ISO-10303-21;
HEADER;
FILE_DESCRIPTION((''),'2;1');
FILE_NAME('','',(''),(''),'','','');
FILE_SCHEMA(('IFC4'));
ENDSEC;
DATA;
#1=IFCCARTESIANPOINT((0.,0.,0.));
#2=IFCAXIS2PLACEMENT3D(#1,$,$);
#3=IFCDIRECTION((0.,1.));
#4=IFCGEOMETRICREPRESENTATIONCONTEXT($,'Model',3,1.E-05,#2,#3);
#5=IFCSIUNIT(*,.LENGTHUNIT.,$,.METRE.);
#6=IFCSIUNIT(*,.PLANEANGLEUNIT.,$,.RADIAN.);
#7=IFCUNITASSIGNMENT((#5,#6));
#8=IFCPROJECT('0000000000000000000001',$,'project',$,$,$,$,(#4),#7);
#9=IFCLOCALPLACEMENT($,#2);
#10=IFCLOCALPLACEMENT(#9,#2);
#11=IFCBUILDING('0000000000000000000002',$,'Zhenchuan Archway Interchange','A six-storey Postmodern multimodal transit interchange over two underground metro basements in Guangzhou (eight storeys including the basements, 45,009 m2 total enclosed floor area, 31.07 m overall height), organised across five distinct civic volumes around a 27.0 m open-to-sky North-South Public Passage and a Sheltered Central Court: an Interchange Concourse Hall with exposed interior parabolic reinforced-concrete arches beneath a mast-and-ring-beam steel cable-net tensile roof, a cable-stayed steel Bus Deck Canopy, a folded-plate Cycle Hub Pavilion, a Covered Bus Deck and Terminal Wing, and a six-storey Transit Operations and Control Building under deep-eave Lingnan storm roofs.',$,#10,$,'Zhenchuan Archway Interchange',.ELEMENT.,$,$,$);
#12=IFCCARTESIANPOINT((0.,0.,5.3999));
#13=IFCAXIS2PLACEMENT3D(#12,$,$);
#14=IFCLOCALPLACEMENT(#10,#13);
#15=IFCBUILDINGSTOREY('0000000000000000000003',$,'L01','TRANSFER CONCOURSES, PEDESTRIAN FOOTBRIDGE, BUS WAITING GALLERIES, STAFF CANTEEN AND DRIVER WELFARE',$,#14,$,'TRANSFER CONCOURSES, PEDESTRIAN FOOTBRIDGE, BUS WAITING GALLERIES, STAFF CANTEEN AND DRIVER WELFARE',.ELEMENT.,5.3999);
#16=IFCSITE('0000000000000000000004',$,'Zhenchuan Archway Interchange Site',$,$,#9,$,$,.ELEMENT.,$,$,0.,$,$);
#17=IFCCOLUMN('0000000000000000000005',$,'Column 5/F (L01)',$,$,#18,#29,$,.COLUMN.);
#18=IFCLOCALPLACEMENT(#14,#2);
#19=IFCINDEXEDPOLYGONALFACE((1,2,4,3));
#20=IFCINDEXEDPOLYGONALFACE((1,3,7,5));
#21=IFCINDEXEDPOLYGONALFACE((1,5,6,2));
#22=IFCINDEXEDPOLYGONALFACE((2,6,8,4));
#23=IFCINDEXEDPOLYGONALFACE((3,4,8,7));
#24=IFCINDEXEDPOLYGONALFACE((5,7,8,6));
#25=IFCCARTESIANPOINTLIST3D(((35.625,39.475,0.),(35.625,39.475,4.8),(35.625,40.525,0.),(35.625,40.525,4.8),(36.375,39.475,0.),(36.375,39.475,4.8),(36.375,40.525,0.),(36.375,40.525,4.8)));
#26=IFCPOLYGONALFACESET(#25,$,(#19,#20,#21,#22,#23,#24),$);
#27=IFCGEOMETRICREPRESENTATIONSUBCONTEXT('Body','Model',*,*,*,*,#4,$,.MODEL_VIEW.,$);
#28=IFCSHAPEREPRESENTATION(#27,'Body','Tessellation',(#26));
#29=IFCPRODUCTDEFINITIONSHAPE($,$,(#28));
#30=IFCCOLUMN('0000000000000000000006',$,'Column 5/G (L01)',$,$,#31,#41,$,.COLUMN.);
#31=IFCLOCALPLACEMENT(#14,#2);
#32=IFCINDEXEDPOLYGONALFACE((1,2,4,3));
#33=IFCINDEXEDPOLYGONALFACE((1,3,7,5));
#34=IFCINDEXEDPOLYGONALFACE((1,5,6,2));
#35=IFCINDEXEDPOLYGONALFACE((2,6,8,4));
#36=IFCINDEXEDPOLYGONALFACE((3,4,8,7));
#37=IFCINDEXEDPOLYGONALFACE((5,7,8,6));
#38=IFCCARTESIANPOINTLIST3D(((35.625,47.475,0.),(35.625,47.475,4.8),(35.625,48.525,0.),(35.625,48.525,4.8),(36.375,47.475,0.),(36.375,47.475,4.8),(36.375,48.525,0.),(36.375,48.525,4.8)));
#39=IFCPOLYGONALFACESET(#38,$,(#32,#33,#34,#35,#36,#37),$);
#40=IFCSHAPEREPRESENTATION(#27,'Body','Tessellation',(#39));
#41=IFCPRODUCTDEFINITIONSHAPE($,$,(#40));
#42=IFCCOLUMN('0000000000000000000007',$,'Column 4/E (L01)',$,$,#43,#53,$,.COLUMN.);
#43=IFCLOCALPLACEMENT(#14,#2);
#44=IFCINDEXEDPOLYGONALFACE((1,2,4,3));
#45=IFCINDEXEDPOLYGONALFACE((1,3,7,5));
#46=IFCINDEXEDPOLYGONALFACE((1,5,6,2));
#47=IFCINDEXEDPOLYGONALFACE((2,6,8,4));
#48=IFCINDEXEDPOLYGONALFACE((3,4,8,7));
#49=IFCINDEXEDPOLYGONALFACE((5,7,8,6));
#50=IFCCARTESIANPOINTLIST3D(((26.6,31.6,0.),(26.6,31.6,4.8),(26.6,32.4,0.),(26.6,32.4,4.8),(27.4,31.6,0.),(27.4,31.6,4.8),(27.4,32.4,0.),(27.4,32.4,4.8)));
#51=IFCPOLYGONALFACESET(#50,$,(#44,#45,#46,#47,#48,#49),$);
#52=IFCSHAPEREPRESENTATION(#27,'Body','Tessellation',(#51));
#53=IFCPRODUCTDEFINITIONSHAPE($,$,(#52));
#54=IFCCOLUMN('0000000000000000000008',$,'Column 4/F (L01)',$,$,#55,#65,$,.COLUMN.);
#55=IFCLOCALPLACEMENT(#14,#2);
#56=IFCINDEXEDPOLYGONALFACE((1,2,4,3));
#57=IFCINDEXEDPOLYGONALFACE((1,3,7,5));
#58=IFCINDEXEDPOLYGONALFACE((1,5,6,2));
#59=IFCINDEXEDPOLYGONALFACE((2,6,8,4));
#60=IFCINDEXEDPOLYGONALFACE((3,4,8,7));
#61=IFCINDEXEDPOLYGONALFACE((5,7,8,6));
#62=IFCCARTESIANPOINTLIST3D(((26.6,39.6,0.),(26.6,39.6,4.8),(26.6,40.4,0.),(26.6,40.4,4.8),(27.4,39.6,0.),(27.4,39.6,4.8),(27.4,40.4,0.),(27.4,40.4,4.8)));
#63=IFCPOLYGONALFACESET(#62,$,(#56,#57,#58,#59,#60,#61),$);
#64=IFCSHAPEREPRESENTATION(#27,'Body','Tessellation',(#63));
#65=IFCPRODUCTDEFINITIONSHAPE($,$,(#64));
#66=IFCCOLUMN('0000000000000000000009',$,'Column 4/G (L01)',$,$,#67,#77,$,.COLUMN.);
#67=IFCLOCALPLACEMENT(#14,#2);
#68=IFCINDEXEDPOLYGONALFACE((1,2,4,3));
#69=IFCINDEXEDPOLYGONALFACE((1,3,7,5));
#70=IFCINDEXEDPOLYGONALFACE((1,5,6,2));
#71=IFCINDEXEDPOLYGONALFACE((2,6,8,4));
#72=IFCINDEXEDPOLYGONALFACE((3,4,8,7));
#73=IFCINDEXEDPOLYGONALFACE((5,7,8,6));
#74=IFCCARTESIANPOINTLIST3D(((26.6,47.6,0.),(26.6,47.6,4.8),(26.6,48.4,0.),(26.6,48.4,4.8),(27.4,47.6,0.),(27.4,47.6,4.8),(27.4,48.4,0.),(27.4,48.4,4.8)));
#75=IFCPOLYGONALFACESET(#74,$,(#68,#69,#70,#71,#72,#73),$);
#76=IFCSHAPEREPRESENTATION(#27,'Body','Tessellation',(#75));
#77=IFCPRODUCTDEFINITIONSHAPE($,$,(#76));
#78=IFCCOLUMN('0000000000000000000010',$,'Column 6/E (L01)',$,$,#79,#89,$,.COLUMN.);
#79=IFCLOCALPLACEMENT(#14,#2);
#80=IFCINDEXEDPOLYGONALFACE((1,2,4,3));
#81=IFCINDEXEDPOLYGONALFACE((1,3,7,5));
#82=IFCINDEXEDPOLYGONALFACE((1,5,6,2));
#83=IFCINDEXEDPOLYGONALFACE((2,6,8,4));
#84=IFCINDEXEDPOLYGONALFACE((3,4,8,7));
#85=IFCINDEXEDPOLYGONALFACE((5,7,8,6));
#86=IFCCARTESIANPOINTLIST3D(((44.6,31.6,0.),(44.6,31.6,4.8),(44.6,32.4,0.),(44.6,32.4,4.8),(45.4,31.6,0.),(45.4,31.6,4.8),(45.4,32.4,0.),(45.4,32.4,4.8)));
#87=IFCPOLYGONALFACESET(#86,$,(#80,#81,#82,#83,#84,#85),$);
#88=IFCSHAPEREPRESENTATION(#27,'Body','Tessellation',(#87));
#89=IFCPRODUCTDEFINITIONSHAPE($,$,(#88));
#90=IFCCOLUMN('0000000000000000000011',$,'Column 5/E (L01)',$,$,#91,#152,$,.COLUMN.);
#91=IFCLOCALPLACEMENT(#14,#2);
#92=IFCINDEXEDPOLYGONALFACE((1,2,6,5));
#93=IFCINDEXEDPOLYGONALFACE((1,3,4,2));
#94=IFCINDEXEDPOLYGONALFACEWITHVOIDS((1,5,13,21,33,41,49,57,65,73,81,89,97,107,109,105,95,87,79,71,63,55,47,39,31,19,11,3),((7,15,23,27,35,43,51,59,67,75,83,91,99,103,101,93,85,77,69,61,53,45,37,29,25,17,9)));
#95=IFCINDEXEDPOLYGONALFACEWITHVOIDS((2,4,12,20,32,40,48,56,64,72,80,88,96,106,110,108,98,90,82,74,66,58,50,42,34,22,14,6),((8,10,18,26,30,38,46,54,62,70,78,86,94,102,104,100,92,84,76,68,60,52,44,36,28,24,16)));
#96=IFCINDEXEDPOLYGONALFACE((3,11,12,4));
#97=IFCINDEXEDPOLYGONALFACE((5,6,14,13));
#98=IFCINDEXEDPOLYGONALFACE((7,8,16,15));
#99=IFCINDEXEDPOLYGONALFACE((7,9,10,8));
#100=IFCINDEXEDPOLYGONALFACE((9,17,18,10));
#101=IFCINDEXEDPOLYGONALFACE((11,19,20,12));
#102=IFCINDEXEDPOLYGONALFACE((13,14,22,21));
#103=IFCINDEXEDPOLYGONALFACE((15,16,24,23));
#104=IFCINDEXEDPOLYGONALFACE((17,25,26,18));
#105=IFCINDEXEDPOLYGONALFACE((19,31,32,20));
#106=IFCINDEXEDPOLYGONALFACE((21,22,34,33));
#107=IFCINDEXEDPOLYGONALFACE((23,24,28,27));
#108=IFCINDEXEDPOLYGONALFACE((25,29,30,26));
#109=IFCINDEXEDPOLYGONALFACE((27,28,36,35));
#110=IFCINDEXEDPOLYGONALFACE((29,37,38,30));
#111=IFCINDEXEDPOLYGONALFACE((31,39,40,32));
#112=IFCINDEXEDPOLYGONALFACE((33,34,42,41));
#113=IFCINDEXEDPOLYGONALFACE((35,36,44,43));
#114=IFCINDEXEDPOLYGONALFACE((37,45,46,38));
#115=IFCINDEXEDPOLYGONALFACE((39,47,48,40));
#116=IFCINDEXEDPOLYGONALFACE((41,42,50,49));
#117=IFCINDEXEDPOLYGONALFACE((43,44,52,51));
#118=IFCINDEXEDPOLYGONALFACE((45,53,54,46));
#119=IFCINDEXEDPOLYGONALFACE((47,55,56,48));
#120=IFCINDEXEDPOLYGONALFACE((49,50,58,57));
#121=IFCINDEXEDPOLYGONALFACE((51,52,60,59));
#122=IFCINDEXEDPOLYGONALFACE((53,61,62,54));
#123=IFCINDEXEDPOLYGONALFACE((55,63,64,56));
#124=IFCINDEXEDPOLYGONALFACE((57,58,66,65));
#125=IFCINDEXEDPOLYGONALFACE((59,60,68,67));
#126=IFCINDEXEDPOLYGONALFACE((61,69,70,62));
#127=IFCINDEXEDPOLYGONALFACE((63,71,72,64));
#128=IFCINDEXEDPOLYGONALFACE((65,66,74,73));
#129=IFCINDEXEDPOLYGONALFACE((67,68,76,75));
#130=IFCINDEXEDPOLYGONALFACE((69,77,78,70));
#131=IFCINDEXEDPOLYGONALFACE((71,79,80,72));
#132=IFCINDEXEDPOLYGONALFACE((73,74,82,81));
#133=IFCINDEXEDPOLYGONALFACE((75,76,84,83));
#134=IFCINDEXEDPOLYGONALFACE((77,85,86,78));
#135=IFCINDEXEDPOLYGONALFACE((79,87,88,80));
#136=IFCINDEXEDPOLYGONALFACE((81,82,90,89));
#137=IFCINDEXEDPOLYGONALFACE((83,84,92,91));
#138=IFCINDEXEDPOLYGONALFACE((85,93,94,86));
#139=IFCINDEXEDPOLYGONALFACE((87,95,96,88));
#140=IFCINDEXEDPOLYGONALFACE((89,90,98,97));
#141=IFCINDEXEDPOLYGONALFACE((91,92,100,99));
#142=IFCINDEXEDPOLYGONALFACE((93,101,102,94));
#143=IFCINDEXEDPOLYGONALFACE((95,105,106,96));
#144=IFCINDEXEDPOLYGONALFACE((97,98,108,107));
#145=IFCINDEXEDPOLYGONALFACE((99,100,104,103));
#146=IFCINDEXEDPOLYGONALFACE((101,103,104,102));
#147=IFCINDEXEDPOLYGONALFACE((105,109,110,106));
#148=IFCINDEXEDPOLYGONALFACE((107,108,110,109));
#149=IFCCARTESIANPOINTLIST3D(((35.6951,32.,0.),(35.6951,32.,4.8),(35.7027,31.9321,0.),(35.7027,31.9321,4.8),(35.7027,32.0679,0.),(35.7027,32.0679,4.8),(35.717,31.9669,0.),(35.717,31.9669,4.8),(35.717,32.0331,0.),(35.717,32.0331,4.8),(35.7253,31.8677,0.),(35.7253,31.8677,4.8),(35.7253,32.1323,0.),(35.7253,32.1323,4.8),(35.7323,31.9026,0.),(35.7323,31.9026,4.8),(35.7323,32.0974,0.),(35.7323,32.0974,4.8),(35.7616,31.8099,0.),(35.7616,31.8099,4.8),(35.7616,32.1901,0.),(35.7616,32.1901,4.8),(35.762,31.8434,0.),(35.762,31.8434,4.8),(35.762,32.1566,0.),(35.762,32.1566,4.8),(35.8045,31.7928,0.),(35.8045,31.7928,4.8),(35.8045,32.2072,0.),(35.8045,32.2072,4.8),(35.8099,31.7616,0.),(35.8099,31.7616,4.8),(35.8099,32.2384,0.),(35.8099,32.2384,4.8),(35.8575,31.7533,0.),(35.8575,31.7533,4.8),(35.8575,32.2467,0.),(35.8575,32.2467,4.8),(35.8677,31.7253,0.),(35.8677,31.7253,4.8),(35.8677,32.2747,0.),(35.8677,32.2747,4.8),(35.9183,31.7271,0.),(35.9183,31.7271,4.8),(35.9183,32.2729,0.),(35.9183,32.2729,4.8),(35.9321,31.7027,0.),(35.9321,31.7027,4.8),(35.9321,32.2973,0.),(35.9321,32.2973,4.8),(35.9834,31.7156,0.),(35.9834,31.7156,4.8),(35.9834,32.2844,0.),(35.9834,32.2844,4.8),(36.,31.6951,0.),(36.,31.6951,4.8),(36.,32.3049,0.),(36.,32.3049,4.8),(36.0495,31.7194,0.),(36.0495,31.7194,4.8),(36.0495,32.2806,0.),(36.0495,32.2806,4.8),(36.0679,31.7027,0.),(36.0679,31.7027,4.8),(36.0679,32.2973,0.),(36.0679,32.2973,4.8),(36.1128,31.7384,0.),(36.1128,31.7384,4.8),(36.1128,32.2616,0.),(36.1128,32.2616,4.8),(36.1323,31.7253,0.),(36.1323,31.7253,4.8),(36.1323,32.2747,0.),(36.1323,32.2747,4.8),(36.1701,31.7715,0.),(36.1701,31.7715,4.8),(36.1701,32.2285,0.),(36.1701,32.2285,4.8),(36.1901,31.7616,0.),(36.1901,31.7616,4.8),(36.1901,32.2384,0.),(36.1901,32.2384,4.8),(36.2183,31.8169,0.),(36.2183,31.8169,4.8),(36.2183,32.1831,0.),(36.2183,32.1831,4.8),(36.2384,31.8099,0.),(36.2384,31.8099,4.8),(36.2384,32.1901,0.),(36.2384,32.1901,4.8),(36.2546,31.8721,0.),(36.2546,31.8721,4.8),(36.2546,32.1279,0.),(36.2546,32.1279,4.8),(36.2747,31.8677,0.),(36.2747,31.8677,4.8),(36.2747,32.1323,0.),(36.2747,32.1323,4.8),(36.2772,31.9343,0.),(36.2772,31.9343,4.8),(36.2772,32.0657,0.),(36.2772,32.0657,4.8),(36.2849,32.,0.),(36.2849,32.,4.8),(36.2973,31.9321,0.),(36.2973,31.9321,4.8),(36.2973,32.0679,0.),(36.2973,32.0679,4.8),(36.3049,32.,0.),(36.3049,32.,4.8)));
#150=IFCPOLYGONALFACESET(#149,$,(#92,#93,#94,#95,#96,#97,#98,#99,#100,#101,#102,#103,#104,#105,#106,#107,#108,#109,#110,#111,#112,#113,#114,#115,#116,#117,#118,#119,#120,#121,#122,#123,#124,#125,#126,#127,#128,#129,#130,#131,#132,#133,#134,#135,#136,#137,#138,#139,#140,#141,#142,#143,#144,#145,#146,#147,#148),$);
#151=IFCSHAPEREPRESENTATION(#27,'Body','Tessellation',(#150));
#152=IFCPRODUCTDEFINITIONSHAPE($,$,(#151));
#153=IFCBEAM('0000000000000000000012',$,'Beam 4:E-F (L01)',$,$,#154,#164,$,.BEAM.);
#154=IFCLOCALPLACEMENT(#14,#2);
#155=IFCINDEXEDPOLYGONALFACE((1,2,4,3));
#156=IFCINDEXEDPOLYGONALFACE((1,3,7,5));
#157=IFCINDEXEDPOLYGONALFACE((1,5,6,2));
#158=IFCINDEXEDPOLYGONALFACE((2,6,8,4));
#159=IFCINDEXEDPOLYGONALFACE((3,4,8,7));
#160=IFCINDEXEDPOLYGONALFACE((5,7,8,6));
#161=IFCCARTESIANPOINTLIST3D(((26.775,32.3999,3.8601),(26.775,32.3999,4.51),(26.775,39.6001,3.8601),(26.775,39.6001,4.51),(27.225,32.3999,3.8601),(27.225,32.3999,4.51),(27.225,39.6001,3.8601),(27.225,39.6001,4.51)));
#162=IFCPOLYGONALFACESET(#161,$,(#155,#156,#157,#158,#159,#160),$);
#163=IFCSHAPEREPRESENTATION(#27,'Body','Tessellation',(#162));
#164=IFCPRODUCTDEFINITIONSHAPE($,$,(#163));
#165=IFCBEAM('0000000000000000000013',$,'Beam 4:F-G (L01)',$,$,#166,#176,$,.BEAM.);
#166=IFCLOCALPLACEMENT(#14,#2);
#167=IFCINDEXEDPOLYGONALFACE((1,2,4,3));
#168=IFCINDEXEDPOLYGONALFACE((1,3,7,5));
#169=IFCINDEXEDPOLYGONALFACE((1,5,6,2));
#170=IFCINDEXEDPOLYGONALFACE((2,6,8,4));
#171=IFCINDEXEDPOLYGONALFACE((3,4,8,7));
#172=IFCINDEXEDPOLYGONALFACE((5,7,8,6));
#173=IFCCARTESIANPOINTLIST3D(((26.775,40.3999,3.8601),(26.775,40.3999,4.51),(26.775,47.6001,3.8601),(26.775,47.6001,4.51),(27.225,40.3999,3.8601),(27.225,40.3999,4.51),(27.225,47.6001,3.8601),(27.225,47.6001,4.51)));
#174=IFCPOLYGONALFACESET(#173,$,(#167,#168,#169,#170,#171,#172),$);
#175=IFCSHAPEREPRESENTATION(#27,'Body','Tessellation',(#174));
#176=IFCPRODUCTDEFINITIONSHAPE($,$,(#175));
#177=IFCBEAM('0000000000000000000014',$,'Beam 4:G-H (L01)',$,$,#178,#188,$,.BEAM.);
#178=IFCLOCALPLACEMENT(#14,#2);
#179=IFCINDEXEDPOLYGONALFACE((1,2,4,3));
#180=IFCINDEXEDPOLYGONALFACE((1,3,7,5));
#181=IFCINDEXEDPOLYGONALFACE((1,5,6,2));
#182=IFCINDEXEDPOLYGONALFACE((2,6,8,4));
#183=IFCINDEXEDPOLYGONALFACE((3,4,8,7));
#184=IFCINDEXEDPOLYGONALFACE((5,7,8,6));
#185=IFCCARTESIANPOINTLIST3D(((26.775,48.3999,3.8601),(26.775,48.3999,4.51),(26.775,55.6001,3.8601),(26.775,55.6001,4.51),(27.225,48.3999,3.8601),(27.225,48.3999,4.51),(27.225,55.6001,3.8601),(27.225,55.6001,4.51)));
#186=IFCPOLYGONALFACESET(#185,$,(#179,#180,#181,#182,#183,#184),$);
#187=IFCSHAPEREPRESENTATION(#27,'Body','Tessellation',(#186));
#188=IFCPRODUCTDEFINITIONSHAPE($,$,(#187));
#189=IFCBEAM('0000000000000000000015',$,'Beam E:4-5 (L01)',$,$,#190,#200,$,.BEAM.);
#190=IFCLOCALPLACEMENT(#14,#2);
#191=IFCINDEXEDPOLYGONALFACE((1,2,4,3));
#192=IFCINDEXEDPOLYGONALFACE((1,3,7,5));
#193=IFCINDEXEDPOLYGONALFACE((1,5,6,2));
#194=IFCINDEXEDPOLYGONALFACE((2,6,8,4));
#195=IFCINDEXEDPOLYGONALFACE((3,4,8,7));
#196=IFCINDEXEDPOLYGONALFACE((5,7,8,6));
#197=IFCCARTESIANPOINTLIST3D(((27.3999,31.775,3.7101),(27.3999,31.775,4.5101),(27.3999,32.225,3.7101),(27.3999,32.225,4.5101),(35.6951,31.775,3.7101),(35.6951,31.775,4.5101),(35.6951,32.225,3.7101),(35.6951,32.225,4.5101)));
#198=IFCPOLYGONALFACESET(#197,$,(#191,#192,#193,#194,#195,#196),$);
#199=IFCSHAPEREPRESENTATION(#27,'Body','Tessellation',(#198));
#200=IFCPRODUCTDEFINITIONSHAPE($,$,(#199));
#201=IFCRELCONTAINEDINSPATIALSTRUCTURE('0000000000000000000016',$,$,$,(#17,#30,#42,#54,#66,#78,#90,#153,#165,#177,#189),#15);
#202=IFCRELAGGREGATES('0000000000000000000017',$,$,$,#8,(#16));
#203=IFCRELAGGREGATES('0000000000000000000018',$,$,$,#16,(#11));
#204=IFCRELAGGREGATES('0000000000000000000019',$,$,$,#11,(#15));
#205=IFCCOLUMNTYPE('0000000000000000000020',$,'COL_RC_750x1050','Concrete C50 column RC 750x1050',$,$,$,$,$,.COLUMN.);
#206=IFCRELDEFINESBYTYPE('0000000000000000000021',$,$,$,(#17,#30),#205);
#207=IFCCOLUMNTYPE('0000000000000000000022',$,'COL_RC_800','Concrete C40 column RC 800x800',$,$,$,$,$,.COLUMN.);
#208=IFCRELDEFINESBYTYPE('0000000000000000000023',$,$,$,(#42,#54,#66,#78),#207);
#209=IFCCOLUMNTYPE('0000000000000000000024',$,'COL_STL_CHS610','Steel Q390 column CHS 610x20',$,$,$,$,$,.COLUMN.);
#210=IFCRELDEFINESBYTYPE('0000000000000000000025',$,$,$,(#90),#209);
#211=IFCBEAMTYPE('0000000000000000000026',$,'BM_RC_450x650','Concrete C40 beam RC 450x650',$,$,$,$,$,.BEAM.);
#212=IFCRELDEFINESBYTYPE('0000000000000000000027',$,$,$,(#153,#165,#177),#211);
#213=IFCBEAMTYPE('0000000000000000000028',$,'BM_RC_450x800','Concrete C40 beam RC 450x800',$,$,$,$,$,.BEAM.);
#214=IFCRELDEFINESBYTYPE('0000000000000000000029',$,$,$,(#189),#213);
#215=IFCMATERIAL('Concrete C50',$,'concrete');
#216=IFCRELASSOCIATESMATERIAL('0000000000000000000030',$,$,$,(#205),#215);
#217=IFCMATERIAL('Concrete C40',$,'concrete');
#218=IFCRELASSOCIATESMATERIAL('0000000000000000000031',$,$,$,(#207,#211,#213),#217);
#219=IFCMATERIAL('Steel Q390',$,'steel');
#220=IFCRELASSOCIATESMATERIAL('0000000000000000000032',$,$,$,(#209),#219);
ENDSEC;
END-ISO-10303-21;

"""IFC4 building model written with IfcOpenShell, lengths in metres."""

from ifc_helpers import new_model, si_unit, direction, frame, origin, origin_2d, place, context, subcontext, project, spatial, rectangle, hollow_circle, extrude, material, material_profile, profile_set, type_object, element, save


model = new_model("IFC4")

# Units and contexts
model_context = context("Model", 3, precision=1e-05, world=origin(), true_north=direction((0.0, 1.0)))
body_context = subcontext(model_context, "Body", "Model", "MODEL_VIEW")
ifc_project = project(units=[si_unit("LENGTHUNIT", "METRE"), si_unit("PLANEANGLEUNIT", "RADIAN")], contexts=[model_context])

# Site, building, storey
site_placement = place(None, origin())
site = spatial("IfcSite", under=ifc_project, at=site_placement, Name="Zhenchuan Archway Interchange Site", CompositionType="ELEMENT", RefElevation=0.0)
building_placement = place(site_placement, origin())
building = spatial("IfcBuilding", under=site, at=building_placement, Name="Zhenchuan Archway Interchange", Description="A six-storey Postmodern multimodal transit interchange over two underground metro basements in Guangzhou (eight storeys including the basements, 45,009 m2 total enclosed floor area, 31.07 m overall height), organised across five distinct civic volumes around a 27.0 m open-to-sky North-South Public Passage and a Sheltered Central Court: an Interchange Concourse Hall with exposed interior parabolic reinforced-concrete arches beneath a mast-and-ring-beam steel cable-net tensile roof, a cable-stayed steel Bus Deck Canopy, a folded-plate Cycle Hub Pavilion, a Covered Bus Deck and Terminal Wing, and a six-storey Transit Operations and Control Building under deep-eave Lingnan storm roofs.", LongName="Zhenchuan Archway Interchange", CompositionType="ELEMENT")
storey_placement = place(building_placement, frame((0.0, 0.0, 5.3999)))
storey = spatial("IfcBuildingStorey", under=building, at=storey_placement, Name="L01", Description="TRANSFER CONCOURSES, PEDESTRIAN FOOTBRIDGE, BUS WAITING GALLERIES, STAFF CANTEEN AND DRIVER WELFARE", LongName="TRANSFER CONCOURSES, PEDESTRIAN FOOTBRIDGE, BUS WAITING GALLERIES, STAFF CANTEEN AND DRIVER WELFARE", CompositionType="ELEMENT", Elevation=5.3999)

# Columns
ifc_material_1 = material(Name="Concrete C50", Category="concrete")
ifc_material_profile_1 = material_profile(ifc_material_1, rectangle(XDim=0.75, YDim=1.05, at=origin_2d()), Name="RC 750x1050")
ifc_profile_set_1 = profile_set([ifc_material_profile_1], Name="Concrete C50")
column_type_1 = type_object("IfcColumnType", Name="COL_RC_750x1050", Description="Concrete C50 column RC 750x1050", PredefinedType="COLUMN", material=ifc_profile_set_1)
for number, where, z_axis, x_axis, name in (
    (1, (36.0, 40.0, 0.0), (0.0, 0.0, 1.0), (1.0, 0.0, 0.0), "Column 5/F (L01)"),
    (2, (36.0, 48.0, 0.0), (0.0, 0.0, 1.0), (1.0, 0.0, 0.0), "Column 5/G (L01)"),
):
    element("IfcColumn", number, at=place(storey_placement, frame(where, z_axis=z_axis, x_axis=x_axis)), inside=storey, type_object=column_type_1, Name=name, PredefinedType="COLUMN", context=body_context, shape_type="SweptSolid", body=[
        extrude(rectangle(XDim=0.75, YDim=1.05, at=origin_2d()), origin(), (0.0, 0.0, 1.0), 4.8),
    ])
ifc_material_2 = material(Name="Concrete C40", Category="concrete")
ifc_material_profile_2 = material_profile(ifc_material_2, rectangle(XDim=0.8, YDim=0.8, at=origin_2d()), Name="RC 800x800")
ifc_profile_set_2 = profile_set([ifc_material_profile_2], Name="Concrete C40")
column_type_2 = type_object("IfcColumnType", Name="COL_RC_800", Description="Concrete C40 column RC 800x800", PredefinedType="COLUMN", material=ifc_profile_set_2)
for number, where, z_axis, x_axis, name in (
    (3, (27.0, 32.0, 0.0), (0.0, 0.0, 1.0), (1.0, 0.0, 0.0), "Column 4/E (L01)"),
    (4, (27.0, 40.0, 0.0), (0.0, 0.0, 1.0), (1.0, 0.0, 0.0), "Column 4/F (L01)"),
    (5, (27.0, 48.0, 0.0), (0.0, 0.0, 1.0), (1.0, 0.0, 0.0), "Column 4/G (L01)"),
    (6, (45.0, 32.0, 0.0), (0.0, 0.0, 1.0), (1.0, 0.0, 0.0), "Column 6/E (L01)"),
):
    element("IfcColumn", number, at=place(storey_placement, frame(where, z_axis=z_axis, x_axis=x_axis)), inside=storey, type_object=column_type_2, Name=name, PredefinedType="COLUMN", context=body_context, shape_type="SweptSolid", body=[
        extrude(rectangle(XDim=0.8, YDim=0.8, at=origin_2d()), origin(), (0.0, 0.0, 1.0), 4.8),
    ])
ifc_material_3 = material(Name="Steel Q390", Category="steel")
ifc_material_profile_3 = material_profile(ifc_material_3, hollow_circle(Radius=0.3049, WallThickness=0.02, at=origin_2d()), Name="CHS 610x20")
ifc_profile_set_3 = profile_set([ifc_material_profile_3], Name="Steel Q390")
column_type_3 = type_object("IfcColumnType", Name="COL_STL_CHS610", Description="Steel Q390 column CHS 610x20", PredefinedType="COLUMN", material=ifc_profile_set_3)
column_placement = place(storey_placement, frame((36.0, 32.0, 0.0), z_axis=(0.0, 0.0, 1.0), x_axis=(1.0, 0.0, 0.0)))
element("IfcColumn", 7, at=column_placement, inside=storey, type_object=column_type_3, Name="Column 5/E (L01)", PredefinedType="COLUMN", context=body_context, shape_type="SweptSolid", body=[
    extrude(hollow_circle(Radius=0.3049, WallThickness=0.02, at=origin_2d()), origin(), (0.0, 0.0, 1.0), 4.8),
])

# Beams
ifc_material_profile_4 = material_profile(ifc_material_2, rectangle(XDim=0.45, YDim=0.6499, at=origin_2d()), Name="RC 450x650")
ifc_profile_set_4 = profile_set([ifc_material_profile_4], Name="Concrete C40")
beam_type_1 = type_object("IfcBeamType", Name="BM_RC_450x650", Description="Concrete C40 beam RC 450x650", PredefinedType="BEAM", material=ifc_profile_set_4)
for number, where, z_axis, x_axis, name in (
    (8, (27.0, 32.3999, 4.1851), (0.0, 1.0, 0.0), (-1.0, 0.0, 0.0), "Beam 4:E-F (L01)"),
    (9, (27.0, 40.3999, 4.1851), (0.0, 1.0, 0.0), (-1.0, 0.0, 0.0), "Beam 4:F-G (L01)"),
    (10, (27.0, 48.3999, 4.1851), (0.0, 1.0, 0.0), (-1.0, 0.0, 0.0), "Beam 4:G-H (L01)"),
):
    element("IfcBeam", number, at=place(storey_placement, frame(where, z_axis=z_axis, x_axis=x_axis)), inside=storey, type_object=beam_type_1, Name=name, PredefinedType="BEAM", context=body_context, shape_type="SweptSolid", body=[
        extrude(rectangle(XDim=0.45, YDim=0.6499, at=origin_2d()), origin(), (0.0, 0.0, 1.0), 7.2002),
    ])
ifc_material_profile_5 = material_profile(ifc_material_2, rectangle(XDim=0.45, YDim=0.8, at=origin_2d()), Name="RC 450x800")
ifc_profile_set_5 = profile_set([ifc_material_profile_5], Name="Concrete C40")
beam_type_2 = type_object("IfcBeamType", Name="BM_RC_450x800", Description="Concrete C40 beam RC 450x800", PredefinedType="BEAM", material=ifc_profile_set_5)
beam_1_placement = place(storey_placement, frame((27.3999, 32.0, 4.1101), z_axis=(1.0, 0.0, 0.0), x_axis=(0.0, 1.0, 0.0)))
element("IfcBeam", 11, at=beam_1_placement, inside=storey, type_object=beam_type_2, Name="Beam E:4-5 (L01)", PredefinedType="BEAM", context=body_context, shape_type="SweptSolid", body=[
    extrude(rectangle(XDim=0.45, YDim=0.8, at=origin_2d()), origin(), (0.0, 0.0, 1.0), 8.2952),
])

save(model, "model.ifc")
